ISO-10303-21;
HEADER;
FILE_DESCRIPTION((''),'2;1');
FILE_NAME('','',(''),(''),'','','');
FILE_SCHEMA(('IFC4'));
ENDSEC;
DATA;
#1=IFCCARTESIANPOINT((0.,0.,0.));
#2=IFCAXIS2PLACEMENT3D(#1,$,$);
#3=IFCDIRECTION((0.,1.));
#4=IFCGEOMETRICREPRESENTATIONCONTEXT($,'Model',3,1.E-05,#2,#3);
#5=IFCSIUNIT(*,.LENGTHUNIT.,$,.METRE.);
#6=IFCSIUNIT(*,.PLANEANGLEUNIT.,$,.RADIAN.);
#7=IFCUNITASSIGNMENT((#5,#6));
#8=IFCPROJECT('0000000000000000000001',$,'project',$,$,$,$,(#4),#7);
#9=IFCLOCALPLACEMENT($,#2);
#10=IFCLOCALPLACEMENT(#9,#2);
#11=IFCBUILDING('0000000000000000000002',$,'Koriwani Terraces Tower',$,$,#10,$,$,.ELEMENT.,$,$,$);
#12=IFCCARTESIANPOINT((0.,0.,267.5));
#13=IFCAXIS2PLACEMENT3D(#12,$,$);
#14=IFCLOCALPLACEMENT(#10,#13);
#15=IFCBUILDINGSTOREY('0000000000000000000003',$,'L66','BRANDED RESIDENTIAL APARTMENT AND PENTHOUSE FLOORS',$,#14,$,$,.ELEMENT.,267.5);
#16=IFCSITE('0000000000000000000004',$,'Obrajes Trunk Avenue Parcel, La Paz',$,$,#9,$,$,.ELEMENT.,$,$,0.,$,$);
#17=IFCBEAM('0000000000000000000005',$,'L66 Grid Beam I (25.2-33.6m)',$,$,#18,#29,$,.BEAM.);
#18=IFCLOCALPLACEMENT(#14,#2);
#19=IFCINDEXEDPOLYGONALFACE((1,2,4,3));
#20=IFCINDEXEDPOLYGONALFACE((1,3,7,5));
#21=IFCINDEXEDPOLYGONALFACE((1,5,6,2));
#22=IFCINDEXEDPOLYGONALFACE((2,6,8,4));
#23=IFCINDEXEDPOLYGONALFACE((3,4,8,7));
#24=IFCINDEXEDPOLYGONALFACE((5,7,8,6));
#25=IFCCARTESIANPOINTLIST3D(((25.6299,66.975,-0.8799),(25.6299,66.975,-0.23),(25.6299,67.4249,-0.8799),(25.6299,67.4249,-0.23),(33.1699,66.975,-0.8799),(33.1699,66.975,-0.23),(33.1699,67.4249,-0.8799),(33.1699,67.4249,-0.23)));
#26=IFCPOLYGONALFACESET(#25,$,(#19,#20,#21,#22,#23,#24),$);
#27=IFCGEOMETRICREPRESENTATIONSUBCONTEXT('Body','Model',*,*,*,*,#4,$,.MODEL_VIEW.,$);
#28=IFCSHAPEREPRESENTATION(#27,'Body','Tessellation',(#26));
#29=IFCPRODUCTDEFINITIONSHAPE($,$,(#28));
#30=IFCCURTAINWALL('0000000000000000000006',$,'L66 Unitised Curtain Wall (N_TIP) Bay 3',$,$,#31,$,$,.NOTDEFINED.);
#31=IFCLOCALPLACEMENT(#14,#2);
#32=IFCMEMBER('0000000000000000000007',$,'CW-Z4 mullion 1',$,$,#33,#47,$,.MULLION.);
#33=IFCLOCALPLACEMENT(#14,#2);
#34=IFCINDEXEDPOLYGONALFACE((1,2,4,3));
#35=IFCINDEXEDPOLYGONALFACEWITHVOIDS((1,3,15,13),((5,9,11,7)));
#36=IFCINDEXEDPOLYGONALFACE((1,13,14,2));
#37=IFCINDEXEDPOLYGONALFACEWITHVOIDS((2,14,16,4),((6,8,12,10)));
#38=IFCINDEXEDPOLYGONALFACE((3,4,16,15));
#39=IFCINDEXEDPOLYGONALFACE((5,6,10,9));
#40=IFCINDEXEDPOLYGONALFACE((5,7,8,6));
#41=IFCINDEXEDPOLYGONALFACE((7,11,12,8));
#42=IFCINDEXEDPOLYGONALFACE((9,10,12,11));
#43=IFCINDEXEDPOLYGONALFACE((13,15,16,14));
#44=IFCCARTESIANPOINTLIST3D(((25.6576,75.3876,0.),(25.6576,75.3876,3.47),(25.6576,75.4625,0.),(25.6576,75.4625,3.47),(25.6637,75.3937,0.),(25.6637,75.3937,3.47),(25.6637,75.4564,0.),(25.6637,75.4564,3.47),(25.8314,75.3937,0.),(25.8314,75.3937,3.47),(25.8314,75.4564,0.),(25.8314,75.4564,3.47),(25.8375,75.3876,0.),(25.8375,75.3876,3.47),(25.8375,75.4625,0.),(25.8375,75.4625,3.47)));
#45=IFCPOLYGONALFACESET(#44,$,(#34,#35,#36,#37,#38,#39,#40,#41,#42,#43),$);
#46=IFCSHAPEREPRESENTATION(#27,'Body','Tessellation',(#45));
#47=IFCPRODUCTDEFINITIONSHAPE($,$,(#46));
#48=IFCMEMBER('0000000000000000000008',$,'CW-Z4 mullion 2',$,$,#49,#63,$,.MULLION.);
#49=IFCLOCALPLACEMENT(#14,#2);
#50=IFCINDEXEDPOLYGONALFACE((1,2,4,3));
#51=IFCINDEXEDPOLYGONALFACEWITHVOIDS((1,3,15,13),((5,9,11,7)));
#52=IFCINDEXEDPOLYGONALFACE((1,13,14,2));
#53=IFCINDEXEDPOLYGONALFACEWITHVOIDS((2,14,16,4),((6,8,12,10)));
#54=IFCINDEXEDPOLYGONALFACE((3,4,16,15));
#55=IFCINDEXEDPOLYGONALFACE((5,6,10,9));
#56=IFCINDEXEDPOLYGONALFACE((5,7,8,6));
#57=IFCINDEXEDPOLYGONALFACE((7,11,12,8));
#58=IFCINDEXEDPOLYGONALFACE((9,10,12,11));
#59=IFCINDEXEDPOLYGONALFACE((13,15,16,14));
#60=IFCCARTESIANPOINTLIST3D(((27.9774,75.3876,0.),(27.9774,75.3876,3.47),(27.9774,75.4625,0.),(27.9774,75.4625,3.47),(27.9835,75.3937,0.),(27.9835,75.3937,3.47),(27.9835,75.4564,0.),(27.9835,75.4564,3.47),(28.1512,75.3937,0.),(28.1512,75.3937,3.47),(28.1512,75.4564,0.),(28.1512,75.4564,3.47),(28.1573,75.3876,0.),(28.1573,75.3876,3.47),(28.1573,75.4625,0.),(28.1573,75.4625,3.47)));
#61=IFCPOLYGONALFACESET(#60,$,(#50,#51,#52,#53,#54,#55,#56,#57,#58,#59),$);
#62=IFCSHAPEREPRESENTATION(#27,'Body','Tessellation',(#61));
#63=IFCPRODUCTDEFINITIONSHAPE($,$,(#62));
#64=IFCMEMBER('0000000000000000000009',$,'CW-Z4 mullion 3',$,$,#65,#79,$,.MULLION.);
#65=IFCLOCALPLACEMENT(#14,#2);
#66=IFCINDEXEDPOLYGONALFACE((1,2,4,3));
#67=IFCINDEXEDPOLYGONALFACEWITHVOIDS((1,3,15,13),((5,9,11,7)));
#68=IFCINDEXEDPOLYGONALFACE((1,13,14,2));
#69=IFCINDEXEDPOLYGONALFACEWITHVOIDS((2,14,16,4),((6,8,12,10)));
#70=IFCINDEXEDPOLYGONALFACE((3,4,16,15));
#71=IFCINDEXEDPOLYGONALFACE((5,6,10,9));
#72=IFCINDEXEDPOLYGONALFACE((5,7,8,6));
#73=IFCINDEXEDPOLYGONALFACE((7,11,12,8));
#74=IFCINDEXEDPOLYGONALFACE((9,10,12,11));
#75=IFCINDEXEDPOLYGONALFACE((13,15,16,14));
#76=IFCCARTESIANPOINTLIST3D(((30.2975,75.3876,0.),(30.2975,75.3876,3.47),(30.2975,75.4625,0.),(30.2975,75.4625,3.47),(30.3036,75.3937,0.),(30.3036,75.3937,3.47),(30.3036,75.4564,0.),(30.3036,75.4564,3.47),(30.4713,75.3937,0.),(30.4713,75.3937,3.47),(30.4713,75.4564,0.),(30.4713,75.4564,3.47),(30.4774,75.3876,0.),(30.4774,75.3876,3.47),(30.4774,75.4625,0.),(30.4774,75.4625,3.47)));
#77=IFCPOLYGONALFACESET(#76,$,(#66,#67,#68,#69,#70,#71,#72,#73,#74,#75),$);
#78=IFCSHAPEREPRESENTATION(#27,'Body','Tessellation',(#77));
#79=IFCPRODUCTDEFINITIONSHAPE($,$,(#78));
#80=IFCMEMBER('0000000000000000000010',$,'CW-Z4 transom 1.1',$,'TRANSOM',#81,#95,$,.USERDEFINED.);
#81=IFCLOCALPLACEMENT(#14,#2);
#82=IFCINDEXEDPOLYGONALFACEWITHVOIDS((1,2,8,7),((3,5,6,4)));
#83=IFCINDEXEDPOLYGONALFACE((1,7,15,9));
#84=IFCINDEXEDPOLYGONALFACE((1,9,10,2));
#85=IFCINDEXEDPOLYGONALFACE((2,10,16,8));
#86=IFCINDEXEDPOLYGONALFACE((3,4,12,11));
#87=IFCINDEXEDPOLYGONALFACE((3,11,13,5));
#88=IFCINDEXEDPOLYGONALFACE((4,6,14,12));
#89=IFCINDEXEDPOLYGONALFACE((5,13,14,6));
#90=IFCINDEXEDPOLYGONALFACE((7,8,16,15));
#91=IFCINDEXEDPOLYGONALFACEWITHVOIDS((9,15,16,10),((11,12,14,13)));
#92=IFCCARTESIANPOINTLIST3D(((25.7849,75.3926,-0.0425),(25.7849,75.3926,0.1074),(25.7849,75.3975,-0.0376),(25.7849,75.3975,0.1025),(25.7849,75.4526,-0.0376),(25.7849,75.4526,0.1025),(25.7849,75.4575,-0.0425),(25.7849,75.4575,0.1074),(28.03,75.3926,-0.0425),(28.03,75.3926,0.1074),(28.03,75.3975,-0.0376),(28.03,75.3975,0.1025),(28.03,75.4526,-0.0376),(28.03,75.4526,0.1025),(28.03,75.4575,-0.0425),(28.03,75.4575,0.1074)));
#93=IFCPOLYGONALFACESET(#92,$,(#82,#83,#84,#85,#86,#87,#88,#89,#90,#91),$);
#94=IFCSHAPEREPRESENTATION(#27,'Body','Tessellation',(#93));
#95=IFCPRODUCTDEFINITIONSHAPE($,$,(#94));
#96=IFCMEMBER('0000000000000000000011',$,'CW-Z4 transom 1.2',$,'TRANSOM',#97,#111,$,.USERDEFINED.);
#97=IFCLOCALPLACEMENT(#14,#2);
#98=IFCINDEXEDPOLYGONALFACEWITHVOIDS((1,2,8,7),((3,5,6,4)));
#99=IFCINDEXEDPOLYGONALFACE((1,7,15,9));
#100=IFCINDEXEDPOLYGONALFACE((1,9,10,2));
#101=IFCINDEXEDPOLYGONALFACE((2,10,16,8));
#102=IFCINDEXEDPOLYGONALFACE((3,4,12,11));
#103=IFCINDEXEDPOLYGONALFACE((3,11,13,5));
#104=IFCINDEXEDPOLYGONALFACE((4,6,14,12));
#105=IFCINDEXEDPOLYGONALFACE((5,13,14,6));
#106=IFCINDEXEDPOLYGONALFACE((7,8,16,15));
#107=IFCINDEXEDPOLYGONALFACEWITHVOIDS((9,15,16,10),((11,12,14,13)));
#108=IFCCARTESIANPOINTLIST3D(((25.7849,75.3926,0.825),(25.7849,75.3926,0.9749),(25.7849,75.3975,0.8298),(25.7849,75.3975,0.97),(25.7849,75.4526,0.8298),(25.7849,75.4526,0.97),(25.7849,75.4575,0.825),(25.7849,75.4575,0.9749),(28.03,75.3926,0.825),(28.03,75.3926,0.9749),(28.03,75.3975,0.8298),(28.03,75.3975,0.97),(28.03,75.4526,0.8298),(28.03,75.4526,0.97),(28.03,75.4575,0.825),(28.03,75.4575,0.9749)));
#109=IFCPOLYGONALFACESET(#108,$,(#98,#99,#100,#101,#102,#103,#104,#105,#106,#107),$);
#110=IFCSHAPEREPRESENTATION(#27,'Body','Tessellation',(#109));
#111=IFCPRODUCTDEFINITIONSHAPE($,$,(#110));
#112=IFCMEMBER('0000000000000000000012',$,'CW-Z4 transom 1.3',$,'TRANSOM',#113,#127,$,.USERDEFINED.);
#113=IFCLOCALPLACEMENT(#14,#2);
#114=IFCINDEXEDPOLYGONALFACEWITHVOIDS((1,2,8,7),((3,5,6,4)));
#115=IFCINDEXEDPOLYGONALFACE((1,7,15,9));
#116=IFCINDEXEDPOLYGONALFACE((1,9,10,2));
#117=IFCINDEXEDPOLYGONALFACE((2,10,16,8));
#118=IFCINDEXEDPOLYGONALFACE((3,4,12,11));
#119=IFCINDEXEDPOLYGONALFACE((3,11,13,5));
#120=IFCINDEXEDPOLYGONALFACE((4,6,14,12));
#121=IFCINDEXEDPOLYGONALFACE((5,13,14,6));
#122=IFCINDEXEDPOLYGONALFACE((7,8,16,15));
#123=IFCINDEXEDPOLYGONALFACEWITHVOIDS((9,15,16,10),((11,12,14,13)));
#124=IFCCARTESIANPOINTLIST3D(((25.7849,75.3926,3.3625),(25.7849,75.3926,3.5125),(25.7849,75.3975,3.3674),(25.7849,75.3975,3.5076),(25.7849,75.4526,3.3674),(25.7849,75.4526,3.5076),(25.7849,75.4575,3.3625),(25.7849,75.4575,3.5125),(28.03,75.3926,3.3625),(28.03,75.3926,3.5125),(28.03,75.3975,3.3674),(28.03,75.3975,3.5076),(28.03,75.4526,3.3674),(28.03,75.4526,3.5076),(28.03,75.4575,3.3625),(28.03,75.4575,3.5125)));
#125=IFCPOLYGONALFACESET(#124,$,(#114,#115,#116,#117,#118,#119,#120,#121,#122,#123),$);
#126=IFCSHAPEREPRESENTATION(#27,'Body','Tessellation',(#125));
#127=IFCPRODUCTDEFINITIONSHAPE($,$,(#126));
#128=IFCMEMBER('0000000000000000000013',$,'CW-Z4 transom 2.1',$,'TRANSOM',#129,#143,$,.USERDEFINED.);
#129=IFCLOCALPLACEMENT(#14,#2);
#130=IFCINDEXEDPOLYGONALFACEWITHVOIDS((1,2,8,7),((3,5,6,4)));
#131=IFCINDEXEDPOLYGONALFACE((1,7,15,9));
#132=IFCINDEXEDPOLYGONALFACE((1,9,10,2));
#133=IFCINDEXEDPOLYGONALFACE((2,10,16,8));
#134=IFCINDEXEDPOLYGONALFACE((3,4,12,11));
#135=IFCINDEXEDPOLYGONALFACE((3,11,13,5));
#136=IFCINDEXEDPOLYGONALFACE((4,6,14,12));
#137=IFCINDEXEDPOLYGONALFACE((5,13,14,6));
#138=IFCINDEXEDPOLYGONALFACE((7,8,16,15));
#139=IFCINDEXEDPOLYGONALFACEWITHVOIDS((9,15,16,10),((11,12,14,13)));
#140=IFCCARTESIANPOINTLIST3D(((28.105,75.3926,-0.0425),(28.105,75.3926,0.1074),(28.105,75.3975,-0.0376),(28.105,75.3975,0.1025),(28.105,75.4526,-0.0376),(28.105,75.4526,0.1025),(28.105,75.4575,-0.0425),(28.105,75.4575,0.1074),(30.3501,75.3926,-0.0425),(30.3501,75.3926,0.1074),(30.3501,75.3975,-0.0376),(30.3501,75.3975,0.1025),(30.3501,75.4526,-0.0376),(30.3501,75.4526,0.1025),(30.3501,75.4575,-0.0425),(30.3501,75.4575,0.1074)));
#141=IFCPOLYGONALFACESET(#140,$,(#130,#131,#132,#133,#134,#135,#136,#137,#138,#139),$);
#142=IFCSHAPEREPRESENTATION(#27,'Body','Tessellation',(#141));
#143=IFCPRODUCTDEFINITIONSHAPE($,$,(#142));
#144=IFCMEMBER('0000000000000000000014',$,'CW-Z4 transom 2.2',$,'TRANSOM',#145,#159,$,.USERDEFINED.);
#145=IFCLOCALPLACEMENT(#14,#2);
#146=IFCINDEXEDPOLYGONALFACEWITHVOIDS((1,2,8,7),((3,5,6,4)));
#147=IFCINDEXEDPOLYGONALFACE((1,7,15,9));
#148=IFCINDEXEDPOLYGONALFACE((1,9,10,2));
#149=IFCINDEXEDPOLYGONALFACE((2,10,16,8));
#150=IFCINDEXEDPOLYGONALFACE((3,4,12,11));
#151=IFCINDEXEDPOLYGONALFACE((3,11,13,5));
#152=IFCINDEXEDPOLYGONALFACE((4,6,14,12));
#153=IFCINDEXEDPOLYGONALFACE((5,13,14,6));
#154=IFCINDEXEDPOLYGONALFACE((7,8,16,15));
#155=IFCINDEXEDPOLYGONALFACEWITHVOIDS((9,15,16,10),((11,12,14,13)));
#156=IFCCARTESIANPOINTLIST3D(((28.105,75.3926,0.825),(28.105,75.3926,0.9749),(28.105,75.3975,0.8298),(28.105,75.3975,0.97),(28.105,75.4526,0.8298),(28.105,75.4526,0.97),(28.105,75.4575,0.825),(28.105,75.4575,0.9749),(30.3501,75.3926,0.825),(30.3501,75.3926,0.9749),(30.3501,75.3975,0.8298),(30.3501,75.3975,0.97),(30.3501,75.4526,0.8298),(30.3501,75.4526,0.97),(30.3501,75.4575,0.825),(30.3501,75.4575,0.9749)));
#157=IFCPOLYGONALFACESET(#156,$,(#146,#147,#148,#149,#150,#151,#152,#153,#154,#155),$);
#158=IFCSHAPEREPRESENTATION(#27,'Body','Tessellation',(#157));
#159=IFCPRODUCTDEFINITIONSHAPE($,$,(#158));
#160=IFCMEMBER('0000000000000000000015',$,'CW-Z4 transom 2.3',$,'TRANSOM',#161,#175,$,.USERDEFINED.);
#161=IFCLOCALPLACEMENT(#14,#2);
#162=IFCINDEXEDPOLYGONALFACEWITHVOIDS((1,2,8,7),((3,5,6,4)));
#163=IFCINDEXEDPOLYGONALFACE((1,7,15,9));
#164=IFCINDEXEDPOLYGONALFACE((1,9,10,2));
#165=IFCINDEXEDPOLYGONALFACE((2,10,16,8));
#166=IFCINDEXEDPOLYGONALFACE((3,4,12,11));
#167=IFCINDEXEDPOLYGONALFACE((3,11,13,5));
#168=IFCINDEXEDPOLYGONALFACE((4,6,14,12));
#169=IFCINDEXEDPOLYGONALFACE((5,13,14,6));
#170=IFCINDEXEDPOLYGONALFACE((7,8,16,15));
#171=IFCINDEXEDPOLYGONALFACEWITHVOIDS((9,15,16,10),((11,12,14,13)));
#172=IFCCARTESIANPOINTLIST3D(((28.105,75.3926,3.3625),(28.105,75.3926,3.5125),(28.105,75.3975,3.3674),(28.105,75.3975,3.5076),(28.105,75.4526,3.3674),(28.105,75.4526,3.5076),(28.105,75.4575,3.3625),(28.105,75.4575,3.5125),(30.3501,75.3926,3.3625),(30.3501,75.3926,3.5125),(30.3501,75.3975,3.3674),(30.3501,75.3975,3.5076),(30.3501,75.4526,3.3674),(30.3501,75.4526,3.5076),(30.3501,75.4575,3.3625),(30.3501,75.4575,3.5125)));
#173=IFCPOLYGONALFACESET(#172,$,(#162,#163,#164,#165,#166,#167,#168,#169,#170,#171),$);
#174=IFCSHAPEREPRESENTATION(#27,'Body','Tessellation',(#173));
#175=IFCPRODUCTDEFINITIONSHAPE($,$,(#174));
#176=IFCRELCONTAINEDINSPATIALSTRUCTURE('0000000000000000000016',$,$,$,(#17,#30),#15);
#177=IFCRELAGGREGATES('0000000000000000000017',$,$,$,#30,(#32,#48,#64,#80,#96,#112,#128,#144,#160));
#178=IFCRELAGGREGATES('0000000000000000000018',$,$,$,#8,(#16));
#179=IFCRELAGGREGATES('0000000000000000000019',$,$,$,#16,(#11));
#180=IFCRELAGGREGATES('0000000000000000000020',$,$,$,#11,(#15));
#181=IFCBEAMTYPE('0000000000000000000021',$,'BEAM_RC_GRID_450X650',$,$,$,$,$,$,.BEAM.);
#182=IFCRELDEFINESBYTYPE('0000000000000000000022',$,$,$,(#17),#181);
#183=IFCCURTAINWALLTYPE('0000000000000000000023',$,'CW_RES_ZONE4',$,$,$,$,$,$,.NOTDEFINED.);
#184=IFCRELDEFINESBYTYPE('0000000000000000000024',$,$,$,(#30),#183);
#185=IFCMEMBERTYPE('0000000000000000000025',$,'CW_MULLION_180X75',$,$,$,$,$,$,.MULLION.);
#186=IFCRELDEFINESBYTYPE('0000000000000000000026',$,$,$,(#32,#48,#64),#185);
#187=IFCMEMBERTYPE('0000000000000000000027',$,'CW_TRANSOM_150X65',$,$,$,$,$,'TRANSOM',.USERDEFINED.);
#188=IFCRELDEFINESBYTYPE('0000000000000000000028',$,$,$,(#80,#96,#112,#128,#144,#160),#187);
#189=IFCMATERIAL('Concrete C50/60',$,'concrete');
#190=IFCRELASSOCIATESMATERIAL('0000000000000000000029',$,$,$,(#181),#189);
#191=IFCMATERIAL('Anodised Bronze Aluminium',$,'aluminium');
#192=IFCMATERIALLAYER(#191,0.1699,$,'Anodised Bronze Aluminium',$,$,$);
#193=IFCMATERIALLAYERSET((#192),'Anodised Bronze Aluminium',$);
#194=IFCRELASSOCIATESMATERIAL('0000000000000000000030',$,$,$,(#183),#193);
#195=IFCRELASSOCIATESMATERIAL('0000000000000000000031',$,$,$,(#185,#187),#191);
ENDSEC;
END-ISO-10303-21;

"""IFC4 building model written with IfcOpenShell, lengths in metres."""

from ifc_helpers import new_model, si_unit, direction, frame, origin, origin_2d, place, context, subcontext, project, spatial, rectangle, hollow_rectangle, extrude, material, layer, layer_set, material_profile, profile_set, type_object, element, aggregate, save


model = new_model("IFC4")

# Units and contexts
model_context = context("Model", 3, precision=1e-05, world=origin(), true_north=direction((0.0, 1.0)))
body_context = subcontext(model_context, "Body", "Model", "MODEL_VIEW")
ifc_project = project(units=[si_unit("LENGTHUNIT", "METRE"), si_unit("PLANEANGLEUNIT", "RADIAN")], contexts=[model_context])

# Site, building, storey
site_placement = place(None, origin())
site = spatial("IfcSite", under=ifc_project, at=site_placement, Name="Obrajes Trunk Avenue Parcel, La Paz", CompositionType="ELEMENT", RefElevation=0.0)
building_placement = place(site_placement, origin())
building = spatial("IfcBuilding", under=site, at=building_placement, Name="Koriwani Terraces Tower", CompositionType="ELEMENT")
storey_placement = place(building_placement, frame((0.0, 0.0, 267.5)))
storey = spatial("IfcBuildingStorey", under=building, at=storey_placement, Name="L66", Description="BRANDED RESIDENTIAL APARTMENT AND PENTHOUSE FLOORS", CompositionType="ELEMENT", Elevation=267.5)

# Beam
ifc_material_1 = material(Name="Concrete C50/60", Category="concrete")
ifc_material_profile_1 = material_profile(ifc_material_1, rectangle(XDim=0.45, YDim=0.6499, at=origin_2d()), Name="Concrete C50/60", Category="LoadBearing")
ifc_profile_set_1 = profile_set([ifc_material_profile_1], Name="Concrete C50/60")
beam_type_1 = type_object("IfcBeamType", Name="BEAM_RC_GRID_450X650", PredefinedType="BEAM", material=ifc_profile_set_1)
beam_1_placement = place(storey_placement, frame((25.6299, 67.2, -0.5549), z_axis=(1.0, 0.0, 0.0), x_axis=(0.0, 1.0, 0.0)))
element("IfcBeam", 1, at=beam_1_placement, inside=storey, type_object=beam_type_1, Name="L66 Grid Beam I (25.2-33.6m)", PredefinedType="BEAM", context=body_context, shape_type="SweptSolid", body=[
    extrude(rectangle(XDim=0.45, YDim=0.6499, at=origin_2d()), origin(), (0.0, 0.0, 1.0), 7.54),
])

# Curtain wall, members
ifc_material_2 = material(Name="Anodised Bronze Aluminium", Category="aluminium")
ifc_layer_1 = layer(ifc_material_2, 0.1699, Name="Anodised Bronze Aluminium")
ifc_layer_set_1 = layer_set([ifc_layer_1], Name="Anodised Bronze Aluminium")
curtain_wall_type = type_object("IfcCurtainWallType", Name="CW_RES_ZONE4", PredefinedType="NOTDEFINED", material=ifc_layer_set_1)
curtain_wall_placement = place(storey_placement, origin())
curtain_wall = element("IfcCurtainWall", 2, at=curtain_wall_placement, inside=storey, type_object=curtain_wall_type, Name="L66 Unitised Curtain Wall (N_TIP) Bay 3", PredefinedType="NOTDEFINED")
ifc_material_profile_2 = material_profile(ifc_material_2, hollow_rectangle(XDim=0.075, YDim=0.1799, WallThickness=0.0061, at=origin_2d()), Name="Anodised Bronze Aluminium", Category="LoadBearing")
ifc_profile_set_2 = profile_set([ifc_material_profile_2], Name="Anodised Bronze Aluminium")
member_type_1 = type_object("IfcMemberType", Name="CW_MULLION_180X75", PredefinedType="MULLION", material=ifc_profile_set_2)
member_1_placement = place(storey_placement, frame((25.7476, 75.425, 0.0), z_axis=(0.0, 0.0, 1.0), x_axis=(0.0, 1.0, 0.0)))
member_1 = element("IfcMember", 3, at=member_1_placement, type_object=member_type_1, Name="CW-Z4 mullion 1", PredefinedType="MULLION", context=body_context, shape_type="SweptSolid", body=[
    extrude(hollow_rectangle(XDim=0.075, YDim=0.1799, WallThickness=0.0061, at=origin_2d()), origin(), (0.0, 0.0, 1.0), 3.47),
])
member_2_placement = place(storey_placement, frame((28.0674, 75.425, 0.0), z_axis=(0.0, 0.0, 1.0), x_axis=(0.0, 1.0, 0.0)))
member_2 = element("IfcMember", 4, at=member_2_placement, type_object=member_type_1, Name="CW-Z4 mullion 2", PredefinedType="MULLION", context=body_context, shape_type="SweptSolid", body=[
    extrude(hollow_rectangle(XDim=0.075, YDim=0.1799, WallThickness=0.0061, at=origin_2d()), origin(), (0.0, 0.0, 1.0), 3.47),
])
member_3_placement = place(storey_placement, frame((30.3875, 75.425, 0.0), z_axis=(0.0, 0.0, 1.0), x_axis=(0.0, 1.0, 0.0)))
member_3 = element("IfcMember", 5, at=member_3_placement, type_object=member_type_1, Name="CW-Z4 mullion 3", PredefinedType="MULLION", context=body_context, shape_type="SweptSolid", body=[
    extrude(hollow_rectangle(XDim=0.075, YDim=0.1799, WallThickness=0.0061, at=origin_2d()), origin(), (0.0, 0.0, 1.0), 3.47),
])
ifc_material_profile_3 = material_profile(ifc_material_2, hollow_rectangle(XDim=0.0649, YDim=0.1499, WallThickness=0.0049, at=origin_2d()), Name="Anodised Bronze Aluminium", Category="LoadBearing")
ifc_profile_set_3 = profile_set([ifc_material_profile_3], Name="Anodised Bronze Aluminium")
member_type_2 = type_object("IfcMemberType", Name="CW_TRANSOM_150X65", ElementType="TRANSOM", PredefinedType="USERDEFINED", material=ifc_profile_set_3)
member_4_placement = place(storey_placement, frame((25.7849, 75.425, 0.0325), z_axis=(1.0, 0.0, 0.0), x_axis=(0.0, 1.0, 0.0)))
member_4 = element("IfcMember", 6, at=member_4_placement, type_object=member_type_2, Name="CW-Z4 transom 1.1", ObjectType="TRANSOM", PredefinedType="USERDEFINED", context=body_context, shape_type="SweptSolid", body=[
    extrude(hollow_rectangle(XDim=0.0649, YDim=0.1499, WallThickness=0.0049, at=origin_2d()), origin(), (0.0, 0.0, 1.0), 2.2451),
])
member_5_placement = place(storey_placement, frame((25.7849, 75.425, 0.8999), z_axis=(1.0, 0.0, 0.0), x_axis=(0.0, 1.0, 0.0)))
member_5 = element("IfcMember", 7, at=member_5_placement, type_object=member_type_2, Name="CW-Z4 transom 1.2", ObjectType="TRANSOM", PredefinedType="USERDEFINED", context=body_context, shape_type="SweptSolid", body=[
    extrude(hollow_rectangle(XDim=0.0649, YDim=0.1499, WallThickness=0.0049, at=origin_2d()), origin(), (0.0, 0.0, 1.0), 2.2451),
])
member_6_placement = place(storey_placement, frame((25.7849, 75.425, 3.4375), z_axis=(1.0, 0.0, 0.0), x_axis=(0.0, 1.0, 0.0)))
member_6 = element("IfcMember", 8, at=member_6_placement, type_object=member_type_2, Name="CW-Z4 transom 1.3", ObjectType="TRANSOM", PredefinedType="USERDEFINED", context=body_context, shape_type="SweptSolid", body=[
    extrude(hollow_rectangle(XDim=0.0649, YDim=0.1499, WallThickness=0.0049, at=origin_2d()), origin(), (0.0, 0.0, 1.0), 2.2451),
])
member_7_placement = place(storey_placement, frame((28.105, 75.425, 0.0325), z_axis=(1.0, 0.0, 0.0), x_axis=(0.0, 1.0, 0.0)))
member_7 = element("IfcMember", 9, at=member_7_placement, type_object=member_type_2, Name="CW-Z4 transom 2.1", ObjectType="TRANSOM", PredefinedType="USERDEFINED", context=body_context, shape_type="SweptSolid", body=[
    extrude(hollow_rectangle(XDim=0.0649, YDim=0.1499, WallThickness=0.0049, at=origin_2d()), origin(), (0.0, 0.0, 1.0), 2.2451),
])
member_8_placement = place(storey_placement, frame((28.105, 75.425, 0.8999), z_axis=(1.0, 0.0, 0.0), x_axis=(0.0, 1.0, 0.0)))
member_8 = element("IfcMember", 10, at=member_8_placement, type_object=member_type_2, Name="CW-Z4 transom 2.2", ObjectType="TRANSOM", PredefinedType="USERDEFINED", context=body_context, shape_type="SweptSolid", body=[
    extrude(hollow_rectangle(XDim=0.0649, YDim=0.1499, WallThickness=0.0049, at=origin_2d()), origin(), (0.0, 0.0, 1.0), 2.2451),
])
member_9_placement = place(storey_placement, frame((28.105, 75.425, 3.4375), z_axis=(1.0, 0.0, 0.0), x_axis=(0.0, 1.0, 0.0)))
member_9 = element("IfcMember", 11, at=member_9_placement, type_object=member_type_2, Name="CW-Z4 transom 2.3", ObjectType="TRANSOM", PredefinedType="USERDEFINED", context=body_context, shape_type="SweptSolid", body=[
    extrude(hollow_rectangle(XDim=0.0649, YDim=0.1499, WallThickness=0.0049, at=origin_2d()), origin(), (0.0, 0.0, 1.0), 2.2451),
])

aggregate(curtain_wall, [member_1, member_2, member_3, member_4, member_5, member_6, member_7, member_8, member_9])

save(model, "model.ifc")
